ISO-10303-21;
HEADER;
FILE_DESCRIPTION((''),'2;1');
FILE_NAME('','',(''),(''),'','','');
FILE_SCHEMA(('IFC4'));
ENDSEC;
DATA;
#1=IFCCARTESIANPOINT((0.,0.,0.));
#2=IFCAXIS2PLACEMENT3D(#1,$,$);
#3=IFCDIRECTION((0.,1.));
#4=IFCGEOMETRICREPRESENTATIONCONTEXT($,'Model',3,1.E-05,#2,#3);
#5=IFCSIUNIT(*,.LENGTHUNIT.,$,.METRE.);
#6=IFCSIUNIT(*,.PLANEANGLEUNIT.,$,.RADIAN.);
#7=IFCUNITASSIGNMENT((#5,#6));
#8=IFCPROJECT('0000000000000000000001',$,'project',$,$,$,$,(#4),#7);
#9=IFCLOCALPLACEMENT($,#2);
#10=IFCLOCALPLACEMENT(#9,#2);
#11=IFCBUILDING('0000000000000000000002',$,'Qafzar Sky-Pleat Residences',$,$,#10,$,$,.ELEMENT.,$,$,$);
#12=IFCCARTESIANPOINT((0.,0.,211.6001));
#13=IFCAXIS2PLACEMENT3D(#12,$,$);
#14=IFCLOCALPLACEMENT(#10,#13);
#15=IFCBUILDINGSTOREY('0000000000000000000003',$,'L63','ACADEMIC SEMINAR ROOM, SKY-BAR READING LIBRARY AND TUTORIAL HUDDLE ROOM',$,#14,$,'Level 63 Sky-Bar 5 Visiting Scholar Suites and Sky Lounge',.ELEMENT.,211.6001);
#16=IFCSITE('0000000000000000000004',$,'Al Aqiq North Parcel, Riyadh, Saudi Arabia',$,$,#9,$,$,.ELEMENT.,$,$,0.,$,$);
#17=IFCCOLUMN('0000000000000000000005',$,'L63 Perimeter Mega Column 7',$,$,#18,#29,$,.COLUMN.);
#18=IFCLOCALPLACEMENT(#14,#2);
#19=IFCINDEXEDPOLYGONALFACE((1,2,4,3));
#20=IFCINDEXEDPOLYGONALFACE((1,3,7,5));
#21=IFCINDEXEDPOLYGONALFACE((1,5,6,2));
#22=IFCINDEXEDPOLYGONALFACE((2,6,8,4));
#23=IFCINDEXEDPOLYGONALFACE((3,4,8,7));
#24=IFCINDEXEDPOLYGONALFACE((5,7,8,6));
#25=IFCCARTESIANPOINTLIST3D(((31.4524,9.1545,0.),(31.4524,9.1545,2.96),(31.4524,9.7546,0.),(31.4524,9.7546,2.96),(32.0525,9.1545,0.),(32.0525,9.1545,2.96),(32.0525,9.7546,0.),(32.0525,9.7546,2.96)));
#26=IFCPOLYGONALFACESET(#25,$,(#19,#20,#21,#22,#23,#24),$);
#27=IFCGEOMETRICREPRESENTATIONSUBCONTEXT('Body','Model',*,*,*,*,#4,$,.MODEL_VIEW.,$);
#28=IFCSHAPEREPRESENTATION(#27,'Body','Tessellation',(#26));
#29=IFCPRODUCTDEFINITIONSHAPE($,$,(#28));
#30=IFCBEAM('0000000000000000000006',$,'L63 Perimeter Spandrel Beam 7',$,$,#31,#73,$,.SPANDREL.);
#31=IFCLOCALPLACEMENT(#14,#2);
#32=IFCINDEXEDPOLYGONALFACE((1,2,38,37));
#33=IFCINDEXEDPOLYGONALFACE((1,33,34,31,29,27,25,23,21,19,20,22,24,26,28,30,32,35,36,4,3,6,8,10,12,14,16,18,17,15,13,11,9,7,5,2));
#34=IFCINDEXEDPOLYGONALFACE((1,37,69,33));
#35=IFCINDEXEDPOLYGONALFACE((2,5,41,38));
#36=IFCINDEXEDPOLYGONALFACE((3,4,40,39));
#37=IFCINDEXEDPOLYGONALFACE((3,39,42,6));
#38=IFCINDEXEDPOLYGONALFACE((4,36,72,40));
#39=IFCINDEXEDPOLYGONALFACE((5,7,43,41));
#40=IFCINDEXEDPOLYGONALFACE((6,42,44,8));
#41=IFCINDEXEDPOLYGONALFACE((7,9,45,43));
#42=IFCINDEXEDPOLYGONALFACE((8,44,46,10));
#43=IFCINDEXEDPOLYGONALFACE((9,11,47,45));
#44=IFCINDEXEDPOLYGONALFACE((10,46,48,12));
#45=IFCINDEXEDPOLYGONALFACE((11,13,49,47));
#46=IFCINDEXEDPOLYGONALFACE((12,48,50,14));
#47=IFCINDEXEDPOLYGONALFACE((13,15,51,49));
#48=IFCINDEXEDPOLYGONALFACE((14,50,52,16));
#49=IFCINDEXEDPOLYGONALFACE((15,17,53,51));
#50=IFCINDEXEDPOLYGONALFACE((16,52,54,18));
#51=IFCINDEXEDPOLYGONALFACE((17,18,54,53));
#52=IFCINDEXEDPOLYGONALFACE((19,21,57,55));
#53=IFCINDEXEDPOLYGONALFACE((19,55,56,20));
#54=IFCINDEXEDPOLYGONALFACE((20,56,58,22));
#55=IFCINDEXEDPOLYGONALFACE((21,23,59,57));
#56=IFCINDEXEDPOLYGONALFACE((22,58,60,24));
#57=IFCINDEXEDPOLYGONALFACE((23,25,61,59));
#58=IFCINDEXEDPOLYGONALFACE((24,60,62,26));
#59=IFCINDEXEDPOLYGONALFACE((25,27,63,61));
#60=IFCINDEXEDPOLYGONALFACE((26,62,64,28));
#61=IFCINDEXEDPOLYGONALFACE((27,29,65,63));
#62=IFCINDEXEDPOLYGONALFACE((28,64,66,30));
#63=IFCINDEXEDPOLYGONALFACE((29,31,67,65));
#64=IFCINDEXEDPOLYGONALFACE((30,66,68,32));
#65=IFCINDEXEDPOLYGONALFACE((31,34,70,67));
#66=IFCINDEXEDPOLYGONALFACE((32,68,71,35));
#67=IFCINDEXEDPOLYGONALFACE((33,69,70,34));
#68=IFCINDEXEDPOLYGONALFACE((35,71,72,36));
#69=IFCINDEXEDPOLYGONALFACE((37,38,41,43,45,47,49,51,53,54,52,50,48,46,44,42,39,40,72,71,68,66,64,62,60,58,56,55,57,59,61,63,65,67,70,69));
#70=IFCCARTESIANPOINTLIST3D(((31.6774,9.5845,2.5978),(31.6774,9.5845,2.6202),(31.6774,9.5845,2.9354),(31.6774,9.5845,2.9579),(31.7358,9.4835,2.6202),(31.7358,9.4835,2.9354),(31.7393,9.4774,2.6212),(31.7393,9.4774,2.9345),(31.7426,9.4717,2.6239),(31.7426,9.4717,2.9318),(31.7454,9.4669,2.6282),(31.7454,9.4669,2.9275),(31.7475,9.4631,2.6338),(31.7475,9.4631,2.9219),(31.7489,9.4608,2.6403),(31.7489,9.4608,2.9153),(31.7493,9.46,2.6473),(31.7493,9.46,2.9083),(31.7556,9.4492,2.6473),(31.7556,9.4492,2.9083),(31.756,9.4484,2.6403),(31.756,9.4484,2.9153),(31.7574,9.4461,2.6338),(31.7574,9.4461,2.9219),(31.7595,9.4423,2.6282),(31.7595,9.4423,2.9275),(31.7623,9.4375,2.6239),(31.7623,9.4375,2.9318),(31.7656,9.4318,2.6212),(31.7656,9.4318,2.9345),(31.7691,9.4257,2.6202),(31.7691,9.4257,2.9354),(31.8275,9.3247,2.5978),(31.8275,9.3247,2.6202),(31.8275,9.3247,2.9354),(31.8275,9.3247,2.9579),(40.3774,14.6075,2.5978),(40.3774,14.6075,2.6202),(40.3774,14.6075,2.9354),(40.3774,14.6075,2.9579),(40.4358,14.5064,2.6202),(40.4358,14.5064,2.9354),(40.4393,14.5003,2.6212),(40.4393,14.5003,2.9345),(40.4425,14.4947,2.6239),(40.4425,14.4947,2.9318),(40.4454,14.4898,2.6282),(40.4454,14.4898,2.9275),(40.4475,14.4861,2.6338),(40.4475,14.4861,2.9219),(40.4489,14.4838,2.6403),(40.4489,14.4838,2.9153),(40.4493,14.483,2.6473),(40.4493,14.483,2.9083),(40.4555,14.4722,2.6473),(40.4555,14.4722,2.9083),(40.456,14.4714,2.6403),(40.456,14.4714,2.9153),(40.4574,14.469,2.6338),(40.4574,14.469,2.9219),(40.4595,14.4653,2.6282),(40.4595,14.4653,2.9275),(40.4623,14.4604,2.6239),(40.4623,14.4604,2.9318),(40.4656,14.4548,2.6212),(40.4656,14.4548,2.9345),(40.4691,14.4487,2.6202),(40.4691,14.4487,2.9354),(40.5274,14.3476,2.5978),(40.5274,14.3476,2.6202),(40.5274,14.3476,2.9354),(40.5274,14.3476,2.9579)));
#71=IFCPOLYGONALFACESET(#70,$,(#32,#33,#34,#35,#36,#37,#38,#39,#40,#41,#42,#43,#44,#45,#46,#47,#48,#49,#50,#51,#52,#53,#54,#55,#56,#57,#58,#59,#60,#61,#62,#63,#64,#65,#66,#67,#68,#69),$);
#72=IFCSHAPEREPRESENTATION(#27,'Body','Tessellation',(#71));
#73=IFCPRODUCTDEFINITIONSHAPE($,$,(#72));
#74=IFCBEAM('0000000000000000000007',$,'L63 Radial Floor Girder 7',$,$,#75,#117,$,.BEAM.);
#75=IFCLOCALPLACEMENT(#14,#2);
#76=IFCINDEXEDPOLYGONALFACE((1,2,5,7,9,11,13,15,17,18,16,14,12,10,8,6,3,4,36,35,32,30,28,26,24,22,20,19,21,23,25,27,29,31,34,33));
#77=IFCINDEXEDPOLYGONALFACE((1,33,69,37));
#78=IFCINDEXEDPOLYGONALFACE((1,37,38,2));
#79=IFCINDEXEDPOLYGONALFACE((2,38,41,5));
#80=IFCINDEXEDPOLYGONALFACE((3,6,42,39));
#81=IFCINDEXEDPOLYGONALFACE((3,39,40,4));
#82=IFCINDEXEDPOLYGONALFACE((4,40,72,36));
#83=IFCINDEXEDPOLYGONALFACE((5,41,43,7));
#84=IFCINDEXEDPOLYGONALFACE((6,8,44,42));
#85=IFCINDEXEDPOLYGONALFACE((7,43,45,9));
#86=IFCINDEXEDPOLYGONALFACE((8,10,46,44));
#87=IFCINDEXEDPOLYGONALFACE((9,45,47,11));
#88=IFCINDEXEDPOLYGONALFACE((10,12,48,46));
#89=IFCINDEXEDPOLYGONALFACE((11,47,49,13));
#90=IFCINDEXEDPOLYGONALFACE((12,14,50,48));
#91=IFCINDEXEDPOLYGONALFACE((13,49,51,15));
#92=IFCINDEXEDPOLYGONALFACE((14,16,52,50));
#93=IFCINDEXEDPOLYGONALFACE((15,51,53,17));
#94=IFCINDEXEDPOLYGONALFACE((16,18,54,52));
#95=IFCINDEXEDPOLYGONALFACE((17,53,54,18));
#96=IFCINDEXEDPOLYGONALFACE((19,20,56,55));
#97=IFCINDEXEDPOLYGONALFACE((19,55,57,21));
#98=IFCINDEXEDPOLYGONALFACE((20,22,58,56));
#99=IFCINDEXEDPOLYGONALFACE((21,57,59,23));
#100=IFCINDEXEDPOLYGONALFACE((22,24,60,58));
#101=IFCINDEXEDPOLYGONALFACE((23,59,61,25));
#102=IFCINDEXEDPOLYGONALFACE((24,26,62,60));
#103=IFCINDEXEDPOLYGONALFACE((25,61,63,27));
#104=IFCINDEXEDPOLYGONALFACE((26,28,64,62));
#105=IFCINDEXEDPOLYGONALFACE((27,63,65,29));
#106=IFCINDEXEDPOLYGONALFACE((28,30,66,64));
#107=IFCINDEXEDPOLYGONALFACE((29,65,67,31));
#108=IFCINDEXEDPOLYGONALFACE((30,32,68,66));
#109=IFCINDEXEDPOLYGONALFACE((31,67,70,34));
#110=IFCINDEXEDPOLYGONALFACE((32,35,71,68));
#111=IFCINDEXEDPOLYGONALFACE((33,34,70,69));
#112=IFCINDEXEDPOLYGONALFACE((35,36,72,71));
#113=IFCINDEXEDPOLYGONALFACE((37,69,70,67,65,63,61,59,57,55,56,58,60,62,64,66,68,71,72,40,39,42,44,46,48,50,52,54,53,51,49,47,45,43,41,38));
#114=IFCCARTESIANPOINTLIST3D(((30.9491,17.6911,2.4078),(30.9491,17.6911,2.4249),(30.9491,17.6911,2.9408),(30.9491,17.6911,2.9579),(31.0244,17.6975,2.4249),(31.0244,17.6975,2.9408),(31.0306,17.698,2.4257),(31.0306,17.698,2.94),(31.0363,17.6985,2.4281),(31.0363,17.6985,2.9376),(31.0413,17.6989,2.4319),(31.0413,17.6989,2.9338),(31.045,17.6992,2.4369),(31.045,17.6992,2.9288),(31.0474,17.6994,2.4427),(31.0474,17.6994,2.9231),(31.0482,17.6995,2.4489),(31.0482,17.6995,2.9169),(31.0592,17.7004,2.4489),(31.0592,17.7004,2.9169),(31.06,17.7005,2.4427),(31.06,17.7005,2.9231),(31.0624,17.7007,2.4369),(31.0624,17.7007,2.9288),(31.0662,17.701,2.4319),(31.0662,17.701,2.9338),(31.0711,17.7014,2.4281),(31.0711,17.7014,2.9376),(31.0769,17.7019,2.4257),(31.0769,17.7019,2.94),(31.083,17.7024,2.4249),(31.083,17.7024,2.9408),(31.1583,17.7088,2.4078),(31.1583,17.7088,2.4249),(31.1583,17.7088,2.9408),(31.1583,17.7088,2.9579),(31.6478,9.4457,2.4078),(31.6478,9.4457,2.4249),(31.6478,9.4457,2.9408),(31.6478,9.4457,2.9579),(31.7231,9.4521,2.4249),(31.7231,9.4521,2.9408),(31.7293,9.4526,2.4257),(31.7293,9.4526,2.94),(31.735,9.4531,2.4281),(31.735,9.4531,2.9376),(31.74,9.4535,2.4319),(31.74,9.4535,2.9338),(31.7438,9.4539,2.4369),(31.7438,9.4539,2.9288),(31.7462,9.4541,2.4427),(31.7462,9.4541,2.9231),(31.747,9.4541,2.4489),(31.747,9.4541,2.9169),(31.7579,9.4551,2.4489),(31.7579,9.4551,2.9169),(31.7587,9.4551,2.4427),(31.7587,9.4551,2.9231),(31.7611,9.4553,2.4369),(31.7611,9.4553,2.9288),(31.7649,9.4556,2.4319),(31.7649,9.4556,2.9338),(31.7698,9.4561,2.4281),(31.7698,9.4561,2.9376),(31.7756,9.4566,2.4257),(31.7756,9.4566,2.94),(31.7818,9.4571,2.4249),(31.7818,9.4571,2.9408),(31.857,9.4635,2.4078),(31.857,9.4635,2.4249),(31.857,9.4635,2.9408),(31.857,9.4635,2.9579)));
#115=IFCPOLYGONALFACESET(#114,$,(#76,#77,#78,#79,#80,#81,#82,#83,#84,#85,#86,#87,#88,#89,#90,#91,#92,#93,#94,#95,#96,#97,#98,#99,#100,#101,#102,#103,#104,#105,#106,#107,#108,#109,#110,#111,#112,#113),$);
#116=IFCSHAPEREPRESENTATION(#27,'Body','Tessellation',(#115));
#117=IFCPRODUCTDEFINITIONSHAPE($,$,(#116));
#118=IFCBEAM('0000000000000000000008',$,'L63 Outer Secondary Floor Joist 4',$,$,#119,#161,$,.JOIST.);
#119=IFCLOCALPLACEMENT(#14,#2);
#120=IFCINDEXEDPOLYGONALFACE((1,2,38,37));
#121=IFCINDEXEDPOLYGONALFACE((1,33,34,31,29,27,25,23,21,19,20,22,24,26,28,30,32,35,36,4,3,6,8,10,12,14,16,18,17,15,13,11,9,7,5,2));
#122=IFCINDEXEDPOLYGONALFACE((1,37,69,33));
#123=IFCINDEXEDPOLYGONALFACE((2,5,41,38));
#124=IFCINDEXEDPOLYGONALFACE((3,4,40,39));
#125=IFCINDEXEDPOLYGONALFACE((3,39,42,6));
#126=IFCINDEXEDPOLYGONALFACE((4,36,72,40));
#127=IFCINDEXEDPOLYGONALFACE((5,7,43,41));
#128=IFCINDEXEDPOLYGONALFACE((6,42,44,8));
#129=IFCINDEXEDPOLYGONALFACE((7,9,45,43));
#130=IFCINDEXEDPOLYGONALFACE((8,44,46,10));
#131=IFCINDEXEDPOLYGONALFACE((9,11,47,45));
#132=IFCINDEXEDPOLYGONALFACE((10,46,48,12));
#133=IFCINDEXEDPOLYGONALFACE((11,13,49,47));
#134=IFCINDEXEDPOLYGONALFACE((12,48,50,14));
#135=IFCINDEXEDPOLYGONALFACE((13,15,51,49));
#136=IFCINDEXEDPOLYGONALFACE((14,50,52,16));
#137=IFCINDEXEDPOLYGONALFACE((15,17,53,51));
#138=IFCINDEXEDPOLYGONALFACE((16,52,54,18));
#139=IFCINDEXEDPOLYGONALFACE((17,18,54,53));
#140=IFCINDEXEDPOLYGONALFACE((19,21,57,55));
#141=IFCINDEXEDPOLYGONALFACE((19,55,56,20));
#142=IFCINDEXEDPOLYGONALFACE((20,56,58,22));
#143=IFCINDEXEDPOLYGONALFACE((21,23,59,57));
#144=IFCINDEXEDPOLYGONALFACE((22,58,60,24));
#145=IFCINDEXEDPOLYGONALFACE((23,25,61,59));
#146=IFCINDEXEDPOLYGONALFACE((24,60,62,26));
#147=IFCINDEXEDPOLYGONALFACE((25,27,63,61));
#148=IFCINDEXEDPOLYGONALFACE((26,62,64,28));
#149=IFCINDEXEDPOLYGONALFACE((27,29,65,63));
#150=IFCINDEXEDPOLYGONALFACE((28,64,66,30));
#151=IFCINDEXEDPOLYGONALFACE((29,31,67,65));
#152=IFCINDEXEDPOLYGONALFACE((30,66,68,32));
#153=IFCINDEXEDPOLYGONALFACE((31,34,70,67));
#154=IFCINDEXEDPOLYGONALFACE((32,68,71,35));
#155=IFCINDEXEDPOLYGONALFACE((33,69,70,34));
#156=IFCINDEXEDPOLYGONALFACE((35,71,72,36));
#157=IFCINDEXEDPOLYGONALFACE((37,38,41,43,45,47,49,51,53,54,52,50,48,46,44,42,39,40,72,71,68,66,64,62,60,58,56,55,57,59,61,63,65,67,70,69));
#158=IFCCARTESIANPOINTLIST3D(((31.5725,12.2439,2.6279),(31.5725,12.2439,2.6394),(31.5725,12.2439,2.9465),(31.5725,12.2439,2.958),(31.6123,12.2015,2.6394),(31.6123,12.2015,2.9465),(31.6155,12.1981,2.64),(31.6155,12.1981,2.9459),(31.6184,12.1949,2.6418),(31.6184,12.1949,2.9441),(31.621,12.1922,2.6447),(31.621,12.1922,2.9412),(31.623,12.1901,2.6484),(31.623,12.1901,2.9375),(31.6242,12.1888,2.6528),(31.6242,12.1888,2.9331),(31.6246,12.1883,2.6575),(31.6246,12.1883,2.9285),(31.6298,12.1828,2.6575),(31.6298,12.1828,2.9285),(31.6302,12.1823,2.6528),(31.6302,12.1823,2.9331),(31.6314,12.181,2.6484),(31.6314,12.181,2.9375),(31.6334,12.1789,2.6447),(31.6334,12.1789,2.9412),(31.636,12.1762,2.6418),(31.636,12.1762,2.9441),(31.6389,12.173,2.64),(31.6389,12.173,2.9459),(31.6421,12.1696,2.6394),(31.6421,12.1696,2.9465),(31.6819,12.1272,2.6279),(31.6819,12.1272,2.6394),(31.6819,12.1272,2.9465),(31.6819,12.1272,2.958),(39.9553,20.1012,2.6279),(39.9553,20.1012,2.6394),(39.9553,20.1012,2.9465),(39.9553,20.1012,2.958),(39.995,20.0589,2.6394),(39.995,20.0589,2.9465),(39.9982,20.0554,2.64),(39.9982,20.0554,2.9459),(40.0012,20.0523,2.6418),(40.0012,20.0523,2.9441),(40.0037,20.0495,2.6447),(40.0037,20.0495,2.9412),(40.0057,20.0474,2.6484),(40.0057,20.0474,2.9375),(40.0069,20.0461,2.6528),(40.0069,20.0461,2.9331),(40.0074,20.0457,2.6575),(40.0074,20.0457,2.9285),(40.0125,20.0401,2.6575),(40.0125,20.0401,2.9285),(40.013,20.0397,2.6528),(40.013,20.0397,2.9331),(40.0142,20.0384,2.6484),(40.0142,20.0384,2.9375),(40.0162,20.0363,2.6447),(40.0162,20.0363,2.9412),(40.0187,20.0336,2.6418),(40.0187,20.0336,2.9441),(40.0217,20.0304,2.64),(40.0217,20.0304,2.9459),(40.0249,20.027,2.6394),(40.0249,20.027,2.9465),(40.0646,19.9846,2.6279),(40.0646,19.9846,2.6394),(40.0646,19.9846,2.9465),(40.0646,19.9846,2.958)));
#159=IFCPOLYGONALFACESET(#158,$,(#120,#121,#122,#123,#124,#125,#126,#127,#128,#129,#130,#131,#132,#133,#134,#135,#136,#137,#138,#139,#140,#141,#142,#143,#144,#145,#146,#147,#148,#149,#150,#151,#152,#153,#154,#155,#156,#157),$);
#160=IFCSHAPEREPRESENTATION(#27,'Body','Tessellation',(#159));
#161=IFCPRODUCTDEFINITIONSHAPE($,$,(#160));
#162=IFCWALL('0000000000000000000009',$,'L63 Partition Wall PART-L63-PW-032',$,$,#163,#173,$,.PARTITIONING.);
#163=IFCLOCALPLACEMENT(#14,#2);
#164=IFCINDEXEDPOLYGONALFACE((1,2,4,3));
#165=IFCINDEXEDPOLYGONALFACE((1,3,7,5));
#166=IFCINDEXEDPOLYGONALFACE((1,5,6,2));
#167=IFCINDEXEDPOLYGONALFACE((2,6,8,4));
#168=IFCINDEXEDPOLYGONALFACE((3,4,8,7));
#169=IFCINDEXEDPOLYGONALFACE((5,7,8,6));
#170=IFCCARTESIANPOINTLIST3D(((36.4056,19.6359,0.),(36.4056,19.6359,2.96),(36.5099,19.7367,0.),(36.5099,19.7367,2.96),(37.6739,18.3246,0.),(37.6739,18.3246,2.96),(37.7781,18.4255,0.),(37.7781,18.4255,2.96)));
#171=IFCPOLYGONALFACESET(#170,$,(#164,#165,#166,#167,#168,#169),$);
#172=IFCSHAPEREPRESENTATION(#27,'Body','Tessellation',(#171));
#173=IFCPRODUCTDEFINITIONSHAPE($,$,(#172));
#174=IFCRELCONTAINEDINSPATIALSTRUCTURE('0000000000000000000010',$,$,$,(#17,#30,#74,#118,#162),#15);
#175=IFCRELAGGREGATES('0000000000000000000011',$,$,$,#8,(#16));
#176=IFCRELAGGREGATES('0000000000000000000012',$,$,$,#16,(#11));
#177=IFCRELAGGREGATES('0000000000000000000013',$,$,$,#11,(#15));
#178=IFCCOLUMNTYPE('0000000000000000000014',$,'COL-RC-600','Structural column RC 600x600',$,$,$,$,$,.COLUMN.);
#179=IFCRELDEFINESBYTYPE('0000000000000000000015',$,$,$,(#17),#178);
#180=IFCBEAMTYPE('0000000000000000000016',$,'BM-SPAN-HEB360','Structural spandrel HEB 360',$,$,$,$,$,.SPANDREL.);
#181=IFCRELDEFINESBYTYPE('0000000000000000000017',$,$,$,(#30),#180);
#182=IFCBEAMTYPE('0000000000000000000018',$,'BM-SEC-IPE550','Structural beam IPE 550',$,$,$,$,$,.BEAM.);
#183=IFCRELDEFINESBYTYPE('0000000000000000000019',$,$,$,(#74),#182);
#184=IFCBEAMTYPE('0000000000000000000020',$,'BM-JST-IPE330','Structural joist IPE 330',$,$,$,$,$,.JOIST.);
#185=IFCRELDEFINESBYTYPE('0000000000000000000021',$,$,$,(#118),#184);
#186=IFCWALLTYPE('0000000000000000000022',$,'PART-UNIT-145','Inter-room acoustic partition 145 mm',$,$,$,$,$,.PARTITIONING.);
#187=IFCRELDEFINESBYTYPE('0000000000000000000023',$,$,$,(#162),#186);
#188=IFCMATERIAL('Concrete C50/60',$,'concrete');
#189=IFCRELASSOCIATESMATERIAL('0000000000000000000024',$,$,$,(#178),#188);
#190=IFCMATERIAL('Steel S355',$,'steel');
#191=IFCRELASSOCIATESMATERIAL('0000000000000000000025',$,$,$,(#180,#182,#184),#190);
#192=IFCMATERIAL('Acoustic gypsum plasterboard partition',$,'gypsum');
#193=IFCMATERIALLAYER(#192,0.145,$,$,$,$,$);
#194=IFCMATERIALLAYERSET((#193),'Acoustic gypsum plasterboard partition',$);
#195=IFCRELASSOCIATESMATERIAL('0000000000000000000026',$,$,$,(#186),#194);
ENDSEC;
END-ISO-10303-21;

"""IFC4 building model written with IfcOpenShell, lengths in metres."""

from ifc_helpers import new_model, si_unit, direction, frame, frame_2d, origin, origin_2d, place, context, subcontext, project, spatial, rectangle, i_section, extrude, source, transform, mapped, material, layer, layer_set, material_profile, profile_set, type_object, element, save


model = new_model("IFC4")

# Units and contexts
model_context = context("Model", 3, precision=1e-05, world=origin(), true_north=direction((0.0, 1.0)))
body_context = subcontext(model_context, "Body", "Model", "MODEL_VIEW")
ifc_project = project(units=[si_unit("LENGTHUNIT", "METRE"), si_unit("PLANEANGLEUNIT", "RADIAN")], contexts=[model_context])

# Site, building, storey
site_placement = place(None, origin())
site = spatial("IfcSite", under=ifc_project, at=site_placement, Name="Al Aqiq North Parcel, Riyadh, Saudi Arabia", CompositionType="ELEMENT", RefElevation=0.0)
building_placement = place(site_placement, origin())
building = spatial("IfcBuilding", under=site, at=building_placement, Name="Qafzar Sky-Pleat Residences", CompositionType="ELEMENT")
storey_placement = place(building_placement, frame((0.0, 0.0, 211.6001)))
storey = spatial("IfcBuildingStorey", under=building, at=storey_placement, Name="L63", Description="ACADEMIC SEMINAR ROOM, SKY-BAR READING LIBRARY AND TUTORIAL HUDDLE ROOM", LongName="Level 63 Sky-Bar 5 Visiting Scholar Suites and Sky Lounge", CompositionType="ELEMENT", Elevation=211.6001)

# Column
ifc_material_1 = material(Name="Concrete C50/60", Category="concrete")
ifc_material_profile_1 = material_profile(ifc_material_1, rectangle(XDim=0.6001, YDim=0.6001, at=origin_2d()), Name="RC 600x600")
ifc_profile_set_1 = profile_set([ifc_material_profile_1], Name="Concrete C50/60")
column_type = type_object("IfcColumnType", Name="COL-RC-600", Description="Structural column RC 600x600", PredefinedType="COLUMN", material=ifc_profile_set_1)
shared_shape_1 = source(origin(), body_context, "Body", "SweptSolid", [
    extrude(rectangle(XDim=0.6001, YDim=0.6001, at=origin_2d()), origin(), (0.0, 0.0, 1.0), 2.96),
])
column_placement = place(storey_placement, frame((31.7524, 9.4546, 0.0), z_axis=(0.0, 0.0, 1.0), x_axis=(1.0, 0.0, 0.0)))
element("IfcColumn", 1, at=column_placement, inside=storey, type_object=column_type, Name="L63 Perimeter Mega Column 7", PredefinedType="COLUMN", context=body_context, shape_type="MappedRepresentation", body=[
    mapped(shared_shape_1, transform((0.0, 0.0, 0.0), x_axis=(1.0, 0.0, 0.0), y_axis=(0.0, 1.0, 0.0), z_axis=(0.0, 0.0, 1.0), scale=1.0)),
])

# Beams
ifc_material_2 = material(Name="Steel S355", Category="steel")
ifc_material_profile_2 = material_profile(ifc_material_2, i_section(OverallWidth=0.3, OverallDepth=0.3601, WebThickness=0.0125, FlangeThickness=0.0225, FilletRadius=0.0271, at=origin_2d()), Name="HEB 360")
ifc_profile_set_2 = profile_set([ifc_material_profile_2], Name="Steel S355")
beam_type_1 = type_object("IfcBeamType", Name="BM-SPAN-HEB360", Description="Structural spandrel HEB 360", PredefinedType="SPANDREL", material=ifc_profile_set_2)
shared_shape_2 = source(origin(), body_context, "Body", "SweptSolid", [
    extrude(i_section(OverallWidth=0.3, OverallDepth=0.3601, WebThickness=0.0125, FlangeThickness=0.0225, FilletRadius=0.0271, at=origin_2d()), origin(), (0.0, 0.0, 1.0), 10.0459),
])
beam_1_placement = place(storey_placement, frame((31.7524, 9.4546, 2.7778), z_axis=(0.866024, 0.500002, 0.0), x_axis=(-0.500002, 0.866024, 0.0)))
element("IfcBeam", 2, at=beam_1_placement, inside=storey, type_object=beam_type_1, Name="L63 Perimeter Spandrel Beam 7", PredefinedType="SPANDREL", context=body_context, shape_type="MappedRepresentation", body=[
    mapped(shared_shape_2, transform((0.0, 0.0, 0.0), x_axis=(1.0, 0.0, 0.0), y_axis=(0.0, 1.0, 0.0), z_axis=(0.0, 0.0, 1.0), scale=1.0)),
])
ifc_material_profile_3 = material_profile(ifc_material_2, i_section(OverallWidth=0.21, OverallDepth=0.55, WebThickness=0.011, FlangeThickness=0.0171, FilletRadius=0.0239, at=origin_2d()), Name="IPE 550")
ifc_profile_set_3 = profile_set([ifc_material_profile_3], Name="Steel S355")
beam_type_2 = type_object("IfcBeamType", Name="BM-SEC-IPE550", Description="Structural beam IPE 550", PredefinedType="BEAM", material=ifc_profile_set_3)
shared_shape_3 = source(origin(), body_context, "Body", "SweptSolid", [
    extrude(i_section(OverallWidth=0.21, OverallDepth=0.55, WebThickness=0.011, FlangeThickness=0.0171, FilletRadius=0.0239, at=origin_2d()), origin(), (0.0, 0.0, 1.0), 8.2749),
])
beam_2_placement = place(storey_placement, frame((31.7524, 9.4546, 2.6829), z_axis=(-0.08444, 0.996429, 0.0), x_axis=(-0.996429, -0.08444, 0.0)))
element("IfcBeam", 3, at=beam_2_placement, inside=storey, type_object=beam_type_2, Name="L63 Radial Floor Girder 7", PredefinedType="BEAM", context=body_context, shape_type="MappedRepresentation", body=[
    mapped(shared_shape_3, transform((0.0, 0.0, 0.0), x_axis=(1.0, 0.0, 0.0), y_axis=(0.0, 1.0, 0.0), z_axis=(0.0, 0.0, 1.0), scale=1.0)),
])
ifc_material_profile_4 = material_profile(ifc_material_2, i_section(OverallWidth=0.1599, OverallDepth=0.3301, WebThickness=0.0076, FlangeThickness=0.0115, FilletRadius=0.0181, at=origin_2d()), Name="IPE 330")
ifc_profile_set_4 = profile_set([ifc_material_profile_4], Name="Steel S355")
beam_type_3 = type_object("IfcBeamType", Name="BM-JST-IPE330", Description="Structural joist IPE 330", PredefinedType="JOIST", material=ifc_profile_set_4)
shared_shape_4 = source(origin(), body_context, "Body", "SweptSolid", [
    extrude(i_section(OverallWidth=0.1599, OverallDepth=0.3301, WebThickness=0.0076, FlangeThickness=0.0115, FilletRadius=0.0181, at=origin_2d()), origin(), (0.0, 0.0, 1.0), 11.4895),
])
beam_3_placement = place(storey_placement, frame((31.6272, 12.1855, 2.793), z_axis=(0.729601, 0.683873, 0.0), x_axis=(-0.683873, 0.729601, 0.0)))
element("IfcBeam", 4, at=beam_3_placement, inside=storey, type_object=beam_type_3, Name="L63 Outer Secondary Floor Joist 4", PredefinedType="JOIST", context=body_context, shape_type="MappedRepresentation", body=[
    mapped(shared_shape_4, transform((0.0, 0.0, 0.0), x_axis=(1.0, 0.0, 0.0), y_axis=(0.0, 1.0, 0.0), z_axis=(0.0, 0.0, 1.0), scale=1.0)),
])

# Wall
ifc_material_3 = material(Name="Acoustic gypsum plasterboard partition", Category="gypsum")
ifc_layer_1 = layer(ifc_material_3, 0.145)
ifc_layer_set_1 = layer_set([ifc_layer_1], Name="Acoustic gypsum plasterboard partition")
wall_type_1 = type_object("IfcWallType", Name="PART-UNIT-145", Description="Inter-room acoustic partition 145 mm", PredefinedType="PARTITIONING", material=ifc_layer_set_1)
wall_1_placement = place(storey_placement, frame((36.4578, 19.6863, 0.0), z_axis=(0.0, 0.0, 1.0), x_axis=(0.695232, -0.718785, 0.0)))
element("IfcWall", 5, at=wall_1_placement, inside=storey, type_object=wall_type_1, Name="L63 Partition Wall PART-L63-PW-032", PredefinedType="PARTITIONING", context=body_context, shape_type="SweptSolid", body=[
    extrude(rectangle(XDim=1.8242, YDim=0.145, at=frame_2d((0.9121, 0.0))), origin(), (0.0, 0.0, 1.0), 2.96),
])

save(model, "model.ifc")
